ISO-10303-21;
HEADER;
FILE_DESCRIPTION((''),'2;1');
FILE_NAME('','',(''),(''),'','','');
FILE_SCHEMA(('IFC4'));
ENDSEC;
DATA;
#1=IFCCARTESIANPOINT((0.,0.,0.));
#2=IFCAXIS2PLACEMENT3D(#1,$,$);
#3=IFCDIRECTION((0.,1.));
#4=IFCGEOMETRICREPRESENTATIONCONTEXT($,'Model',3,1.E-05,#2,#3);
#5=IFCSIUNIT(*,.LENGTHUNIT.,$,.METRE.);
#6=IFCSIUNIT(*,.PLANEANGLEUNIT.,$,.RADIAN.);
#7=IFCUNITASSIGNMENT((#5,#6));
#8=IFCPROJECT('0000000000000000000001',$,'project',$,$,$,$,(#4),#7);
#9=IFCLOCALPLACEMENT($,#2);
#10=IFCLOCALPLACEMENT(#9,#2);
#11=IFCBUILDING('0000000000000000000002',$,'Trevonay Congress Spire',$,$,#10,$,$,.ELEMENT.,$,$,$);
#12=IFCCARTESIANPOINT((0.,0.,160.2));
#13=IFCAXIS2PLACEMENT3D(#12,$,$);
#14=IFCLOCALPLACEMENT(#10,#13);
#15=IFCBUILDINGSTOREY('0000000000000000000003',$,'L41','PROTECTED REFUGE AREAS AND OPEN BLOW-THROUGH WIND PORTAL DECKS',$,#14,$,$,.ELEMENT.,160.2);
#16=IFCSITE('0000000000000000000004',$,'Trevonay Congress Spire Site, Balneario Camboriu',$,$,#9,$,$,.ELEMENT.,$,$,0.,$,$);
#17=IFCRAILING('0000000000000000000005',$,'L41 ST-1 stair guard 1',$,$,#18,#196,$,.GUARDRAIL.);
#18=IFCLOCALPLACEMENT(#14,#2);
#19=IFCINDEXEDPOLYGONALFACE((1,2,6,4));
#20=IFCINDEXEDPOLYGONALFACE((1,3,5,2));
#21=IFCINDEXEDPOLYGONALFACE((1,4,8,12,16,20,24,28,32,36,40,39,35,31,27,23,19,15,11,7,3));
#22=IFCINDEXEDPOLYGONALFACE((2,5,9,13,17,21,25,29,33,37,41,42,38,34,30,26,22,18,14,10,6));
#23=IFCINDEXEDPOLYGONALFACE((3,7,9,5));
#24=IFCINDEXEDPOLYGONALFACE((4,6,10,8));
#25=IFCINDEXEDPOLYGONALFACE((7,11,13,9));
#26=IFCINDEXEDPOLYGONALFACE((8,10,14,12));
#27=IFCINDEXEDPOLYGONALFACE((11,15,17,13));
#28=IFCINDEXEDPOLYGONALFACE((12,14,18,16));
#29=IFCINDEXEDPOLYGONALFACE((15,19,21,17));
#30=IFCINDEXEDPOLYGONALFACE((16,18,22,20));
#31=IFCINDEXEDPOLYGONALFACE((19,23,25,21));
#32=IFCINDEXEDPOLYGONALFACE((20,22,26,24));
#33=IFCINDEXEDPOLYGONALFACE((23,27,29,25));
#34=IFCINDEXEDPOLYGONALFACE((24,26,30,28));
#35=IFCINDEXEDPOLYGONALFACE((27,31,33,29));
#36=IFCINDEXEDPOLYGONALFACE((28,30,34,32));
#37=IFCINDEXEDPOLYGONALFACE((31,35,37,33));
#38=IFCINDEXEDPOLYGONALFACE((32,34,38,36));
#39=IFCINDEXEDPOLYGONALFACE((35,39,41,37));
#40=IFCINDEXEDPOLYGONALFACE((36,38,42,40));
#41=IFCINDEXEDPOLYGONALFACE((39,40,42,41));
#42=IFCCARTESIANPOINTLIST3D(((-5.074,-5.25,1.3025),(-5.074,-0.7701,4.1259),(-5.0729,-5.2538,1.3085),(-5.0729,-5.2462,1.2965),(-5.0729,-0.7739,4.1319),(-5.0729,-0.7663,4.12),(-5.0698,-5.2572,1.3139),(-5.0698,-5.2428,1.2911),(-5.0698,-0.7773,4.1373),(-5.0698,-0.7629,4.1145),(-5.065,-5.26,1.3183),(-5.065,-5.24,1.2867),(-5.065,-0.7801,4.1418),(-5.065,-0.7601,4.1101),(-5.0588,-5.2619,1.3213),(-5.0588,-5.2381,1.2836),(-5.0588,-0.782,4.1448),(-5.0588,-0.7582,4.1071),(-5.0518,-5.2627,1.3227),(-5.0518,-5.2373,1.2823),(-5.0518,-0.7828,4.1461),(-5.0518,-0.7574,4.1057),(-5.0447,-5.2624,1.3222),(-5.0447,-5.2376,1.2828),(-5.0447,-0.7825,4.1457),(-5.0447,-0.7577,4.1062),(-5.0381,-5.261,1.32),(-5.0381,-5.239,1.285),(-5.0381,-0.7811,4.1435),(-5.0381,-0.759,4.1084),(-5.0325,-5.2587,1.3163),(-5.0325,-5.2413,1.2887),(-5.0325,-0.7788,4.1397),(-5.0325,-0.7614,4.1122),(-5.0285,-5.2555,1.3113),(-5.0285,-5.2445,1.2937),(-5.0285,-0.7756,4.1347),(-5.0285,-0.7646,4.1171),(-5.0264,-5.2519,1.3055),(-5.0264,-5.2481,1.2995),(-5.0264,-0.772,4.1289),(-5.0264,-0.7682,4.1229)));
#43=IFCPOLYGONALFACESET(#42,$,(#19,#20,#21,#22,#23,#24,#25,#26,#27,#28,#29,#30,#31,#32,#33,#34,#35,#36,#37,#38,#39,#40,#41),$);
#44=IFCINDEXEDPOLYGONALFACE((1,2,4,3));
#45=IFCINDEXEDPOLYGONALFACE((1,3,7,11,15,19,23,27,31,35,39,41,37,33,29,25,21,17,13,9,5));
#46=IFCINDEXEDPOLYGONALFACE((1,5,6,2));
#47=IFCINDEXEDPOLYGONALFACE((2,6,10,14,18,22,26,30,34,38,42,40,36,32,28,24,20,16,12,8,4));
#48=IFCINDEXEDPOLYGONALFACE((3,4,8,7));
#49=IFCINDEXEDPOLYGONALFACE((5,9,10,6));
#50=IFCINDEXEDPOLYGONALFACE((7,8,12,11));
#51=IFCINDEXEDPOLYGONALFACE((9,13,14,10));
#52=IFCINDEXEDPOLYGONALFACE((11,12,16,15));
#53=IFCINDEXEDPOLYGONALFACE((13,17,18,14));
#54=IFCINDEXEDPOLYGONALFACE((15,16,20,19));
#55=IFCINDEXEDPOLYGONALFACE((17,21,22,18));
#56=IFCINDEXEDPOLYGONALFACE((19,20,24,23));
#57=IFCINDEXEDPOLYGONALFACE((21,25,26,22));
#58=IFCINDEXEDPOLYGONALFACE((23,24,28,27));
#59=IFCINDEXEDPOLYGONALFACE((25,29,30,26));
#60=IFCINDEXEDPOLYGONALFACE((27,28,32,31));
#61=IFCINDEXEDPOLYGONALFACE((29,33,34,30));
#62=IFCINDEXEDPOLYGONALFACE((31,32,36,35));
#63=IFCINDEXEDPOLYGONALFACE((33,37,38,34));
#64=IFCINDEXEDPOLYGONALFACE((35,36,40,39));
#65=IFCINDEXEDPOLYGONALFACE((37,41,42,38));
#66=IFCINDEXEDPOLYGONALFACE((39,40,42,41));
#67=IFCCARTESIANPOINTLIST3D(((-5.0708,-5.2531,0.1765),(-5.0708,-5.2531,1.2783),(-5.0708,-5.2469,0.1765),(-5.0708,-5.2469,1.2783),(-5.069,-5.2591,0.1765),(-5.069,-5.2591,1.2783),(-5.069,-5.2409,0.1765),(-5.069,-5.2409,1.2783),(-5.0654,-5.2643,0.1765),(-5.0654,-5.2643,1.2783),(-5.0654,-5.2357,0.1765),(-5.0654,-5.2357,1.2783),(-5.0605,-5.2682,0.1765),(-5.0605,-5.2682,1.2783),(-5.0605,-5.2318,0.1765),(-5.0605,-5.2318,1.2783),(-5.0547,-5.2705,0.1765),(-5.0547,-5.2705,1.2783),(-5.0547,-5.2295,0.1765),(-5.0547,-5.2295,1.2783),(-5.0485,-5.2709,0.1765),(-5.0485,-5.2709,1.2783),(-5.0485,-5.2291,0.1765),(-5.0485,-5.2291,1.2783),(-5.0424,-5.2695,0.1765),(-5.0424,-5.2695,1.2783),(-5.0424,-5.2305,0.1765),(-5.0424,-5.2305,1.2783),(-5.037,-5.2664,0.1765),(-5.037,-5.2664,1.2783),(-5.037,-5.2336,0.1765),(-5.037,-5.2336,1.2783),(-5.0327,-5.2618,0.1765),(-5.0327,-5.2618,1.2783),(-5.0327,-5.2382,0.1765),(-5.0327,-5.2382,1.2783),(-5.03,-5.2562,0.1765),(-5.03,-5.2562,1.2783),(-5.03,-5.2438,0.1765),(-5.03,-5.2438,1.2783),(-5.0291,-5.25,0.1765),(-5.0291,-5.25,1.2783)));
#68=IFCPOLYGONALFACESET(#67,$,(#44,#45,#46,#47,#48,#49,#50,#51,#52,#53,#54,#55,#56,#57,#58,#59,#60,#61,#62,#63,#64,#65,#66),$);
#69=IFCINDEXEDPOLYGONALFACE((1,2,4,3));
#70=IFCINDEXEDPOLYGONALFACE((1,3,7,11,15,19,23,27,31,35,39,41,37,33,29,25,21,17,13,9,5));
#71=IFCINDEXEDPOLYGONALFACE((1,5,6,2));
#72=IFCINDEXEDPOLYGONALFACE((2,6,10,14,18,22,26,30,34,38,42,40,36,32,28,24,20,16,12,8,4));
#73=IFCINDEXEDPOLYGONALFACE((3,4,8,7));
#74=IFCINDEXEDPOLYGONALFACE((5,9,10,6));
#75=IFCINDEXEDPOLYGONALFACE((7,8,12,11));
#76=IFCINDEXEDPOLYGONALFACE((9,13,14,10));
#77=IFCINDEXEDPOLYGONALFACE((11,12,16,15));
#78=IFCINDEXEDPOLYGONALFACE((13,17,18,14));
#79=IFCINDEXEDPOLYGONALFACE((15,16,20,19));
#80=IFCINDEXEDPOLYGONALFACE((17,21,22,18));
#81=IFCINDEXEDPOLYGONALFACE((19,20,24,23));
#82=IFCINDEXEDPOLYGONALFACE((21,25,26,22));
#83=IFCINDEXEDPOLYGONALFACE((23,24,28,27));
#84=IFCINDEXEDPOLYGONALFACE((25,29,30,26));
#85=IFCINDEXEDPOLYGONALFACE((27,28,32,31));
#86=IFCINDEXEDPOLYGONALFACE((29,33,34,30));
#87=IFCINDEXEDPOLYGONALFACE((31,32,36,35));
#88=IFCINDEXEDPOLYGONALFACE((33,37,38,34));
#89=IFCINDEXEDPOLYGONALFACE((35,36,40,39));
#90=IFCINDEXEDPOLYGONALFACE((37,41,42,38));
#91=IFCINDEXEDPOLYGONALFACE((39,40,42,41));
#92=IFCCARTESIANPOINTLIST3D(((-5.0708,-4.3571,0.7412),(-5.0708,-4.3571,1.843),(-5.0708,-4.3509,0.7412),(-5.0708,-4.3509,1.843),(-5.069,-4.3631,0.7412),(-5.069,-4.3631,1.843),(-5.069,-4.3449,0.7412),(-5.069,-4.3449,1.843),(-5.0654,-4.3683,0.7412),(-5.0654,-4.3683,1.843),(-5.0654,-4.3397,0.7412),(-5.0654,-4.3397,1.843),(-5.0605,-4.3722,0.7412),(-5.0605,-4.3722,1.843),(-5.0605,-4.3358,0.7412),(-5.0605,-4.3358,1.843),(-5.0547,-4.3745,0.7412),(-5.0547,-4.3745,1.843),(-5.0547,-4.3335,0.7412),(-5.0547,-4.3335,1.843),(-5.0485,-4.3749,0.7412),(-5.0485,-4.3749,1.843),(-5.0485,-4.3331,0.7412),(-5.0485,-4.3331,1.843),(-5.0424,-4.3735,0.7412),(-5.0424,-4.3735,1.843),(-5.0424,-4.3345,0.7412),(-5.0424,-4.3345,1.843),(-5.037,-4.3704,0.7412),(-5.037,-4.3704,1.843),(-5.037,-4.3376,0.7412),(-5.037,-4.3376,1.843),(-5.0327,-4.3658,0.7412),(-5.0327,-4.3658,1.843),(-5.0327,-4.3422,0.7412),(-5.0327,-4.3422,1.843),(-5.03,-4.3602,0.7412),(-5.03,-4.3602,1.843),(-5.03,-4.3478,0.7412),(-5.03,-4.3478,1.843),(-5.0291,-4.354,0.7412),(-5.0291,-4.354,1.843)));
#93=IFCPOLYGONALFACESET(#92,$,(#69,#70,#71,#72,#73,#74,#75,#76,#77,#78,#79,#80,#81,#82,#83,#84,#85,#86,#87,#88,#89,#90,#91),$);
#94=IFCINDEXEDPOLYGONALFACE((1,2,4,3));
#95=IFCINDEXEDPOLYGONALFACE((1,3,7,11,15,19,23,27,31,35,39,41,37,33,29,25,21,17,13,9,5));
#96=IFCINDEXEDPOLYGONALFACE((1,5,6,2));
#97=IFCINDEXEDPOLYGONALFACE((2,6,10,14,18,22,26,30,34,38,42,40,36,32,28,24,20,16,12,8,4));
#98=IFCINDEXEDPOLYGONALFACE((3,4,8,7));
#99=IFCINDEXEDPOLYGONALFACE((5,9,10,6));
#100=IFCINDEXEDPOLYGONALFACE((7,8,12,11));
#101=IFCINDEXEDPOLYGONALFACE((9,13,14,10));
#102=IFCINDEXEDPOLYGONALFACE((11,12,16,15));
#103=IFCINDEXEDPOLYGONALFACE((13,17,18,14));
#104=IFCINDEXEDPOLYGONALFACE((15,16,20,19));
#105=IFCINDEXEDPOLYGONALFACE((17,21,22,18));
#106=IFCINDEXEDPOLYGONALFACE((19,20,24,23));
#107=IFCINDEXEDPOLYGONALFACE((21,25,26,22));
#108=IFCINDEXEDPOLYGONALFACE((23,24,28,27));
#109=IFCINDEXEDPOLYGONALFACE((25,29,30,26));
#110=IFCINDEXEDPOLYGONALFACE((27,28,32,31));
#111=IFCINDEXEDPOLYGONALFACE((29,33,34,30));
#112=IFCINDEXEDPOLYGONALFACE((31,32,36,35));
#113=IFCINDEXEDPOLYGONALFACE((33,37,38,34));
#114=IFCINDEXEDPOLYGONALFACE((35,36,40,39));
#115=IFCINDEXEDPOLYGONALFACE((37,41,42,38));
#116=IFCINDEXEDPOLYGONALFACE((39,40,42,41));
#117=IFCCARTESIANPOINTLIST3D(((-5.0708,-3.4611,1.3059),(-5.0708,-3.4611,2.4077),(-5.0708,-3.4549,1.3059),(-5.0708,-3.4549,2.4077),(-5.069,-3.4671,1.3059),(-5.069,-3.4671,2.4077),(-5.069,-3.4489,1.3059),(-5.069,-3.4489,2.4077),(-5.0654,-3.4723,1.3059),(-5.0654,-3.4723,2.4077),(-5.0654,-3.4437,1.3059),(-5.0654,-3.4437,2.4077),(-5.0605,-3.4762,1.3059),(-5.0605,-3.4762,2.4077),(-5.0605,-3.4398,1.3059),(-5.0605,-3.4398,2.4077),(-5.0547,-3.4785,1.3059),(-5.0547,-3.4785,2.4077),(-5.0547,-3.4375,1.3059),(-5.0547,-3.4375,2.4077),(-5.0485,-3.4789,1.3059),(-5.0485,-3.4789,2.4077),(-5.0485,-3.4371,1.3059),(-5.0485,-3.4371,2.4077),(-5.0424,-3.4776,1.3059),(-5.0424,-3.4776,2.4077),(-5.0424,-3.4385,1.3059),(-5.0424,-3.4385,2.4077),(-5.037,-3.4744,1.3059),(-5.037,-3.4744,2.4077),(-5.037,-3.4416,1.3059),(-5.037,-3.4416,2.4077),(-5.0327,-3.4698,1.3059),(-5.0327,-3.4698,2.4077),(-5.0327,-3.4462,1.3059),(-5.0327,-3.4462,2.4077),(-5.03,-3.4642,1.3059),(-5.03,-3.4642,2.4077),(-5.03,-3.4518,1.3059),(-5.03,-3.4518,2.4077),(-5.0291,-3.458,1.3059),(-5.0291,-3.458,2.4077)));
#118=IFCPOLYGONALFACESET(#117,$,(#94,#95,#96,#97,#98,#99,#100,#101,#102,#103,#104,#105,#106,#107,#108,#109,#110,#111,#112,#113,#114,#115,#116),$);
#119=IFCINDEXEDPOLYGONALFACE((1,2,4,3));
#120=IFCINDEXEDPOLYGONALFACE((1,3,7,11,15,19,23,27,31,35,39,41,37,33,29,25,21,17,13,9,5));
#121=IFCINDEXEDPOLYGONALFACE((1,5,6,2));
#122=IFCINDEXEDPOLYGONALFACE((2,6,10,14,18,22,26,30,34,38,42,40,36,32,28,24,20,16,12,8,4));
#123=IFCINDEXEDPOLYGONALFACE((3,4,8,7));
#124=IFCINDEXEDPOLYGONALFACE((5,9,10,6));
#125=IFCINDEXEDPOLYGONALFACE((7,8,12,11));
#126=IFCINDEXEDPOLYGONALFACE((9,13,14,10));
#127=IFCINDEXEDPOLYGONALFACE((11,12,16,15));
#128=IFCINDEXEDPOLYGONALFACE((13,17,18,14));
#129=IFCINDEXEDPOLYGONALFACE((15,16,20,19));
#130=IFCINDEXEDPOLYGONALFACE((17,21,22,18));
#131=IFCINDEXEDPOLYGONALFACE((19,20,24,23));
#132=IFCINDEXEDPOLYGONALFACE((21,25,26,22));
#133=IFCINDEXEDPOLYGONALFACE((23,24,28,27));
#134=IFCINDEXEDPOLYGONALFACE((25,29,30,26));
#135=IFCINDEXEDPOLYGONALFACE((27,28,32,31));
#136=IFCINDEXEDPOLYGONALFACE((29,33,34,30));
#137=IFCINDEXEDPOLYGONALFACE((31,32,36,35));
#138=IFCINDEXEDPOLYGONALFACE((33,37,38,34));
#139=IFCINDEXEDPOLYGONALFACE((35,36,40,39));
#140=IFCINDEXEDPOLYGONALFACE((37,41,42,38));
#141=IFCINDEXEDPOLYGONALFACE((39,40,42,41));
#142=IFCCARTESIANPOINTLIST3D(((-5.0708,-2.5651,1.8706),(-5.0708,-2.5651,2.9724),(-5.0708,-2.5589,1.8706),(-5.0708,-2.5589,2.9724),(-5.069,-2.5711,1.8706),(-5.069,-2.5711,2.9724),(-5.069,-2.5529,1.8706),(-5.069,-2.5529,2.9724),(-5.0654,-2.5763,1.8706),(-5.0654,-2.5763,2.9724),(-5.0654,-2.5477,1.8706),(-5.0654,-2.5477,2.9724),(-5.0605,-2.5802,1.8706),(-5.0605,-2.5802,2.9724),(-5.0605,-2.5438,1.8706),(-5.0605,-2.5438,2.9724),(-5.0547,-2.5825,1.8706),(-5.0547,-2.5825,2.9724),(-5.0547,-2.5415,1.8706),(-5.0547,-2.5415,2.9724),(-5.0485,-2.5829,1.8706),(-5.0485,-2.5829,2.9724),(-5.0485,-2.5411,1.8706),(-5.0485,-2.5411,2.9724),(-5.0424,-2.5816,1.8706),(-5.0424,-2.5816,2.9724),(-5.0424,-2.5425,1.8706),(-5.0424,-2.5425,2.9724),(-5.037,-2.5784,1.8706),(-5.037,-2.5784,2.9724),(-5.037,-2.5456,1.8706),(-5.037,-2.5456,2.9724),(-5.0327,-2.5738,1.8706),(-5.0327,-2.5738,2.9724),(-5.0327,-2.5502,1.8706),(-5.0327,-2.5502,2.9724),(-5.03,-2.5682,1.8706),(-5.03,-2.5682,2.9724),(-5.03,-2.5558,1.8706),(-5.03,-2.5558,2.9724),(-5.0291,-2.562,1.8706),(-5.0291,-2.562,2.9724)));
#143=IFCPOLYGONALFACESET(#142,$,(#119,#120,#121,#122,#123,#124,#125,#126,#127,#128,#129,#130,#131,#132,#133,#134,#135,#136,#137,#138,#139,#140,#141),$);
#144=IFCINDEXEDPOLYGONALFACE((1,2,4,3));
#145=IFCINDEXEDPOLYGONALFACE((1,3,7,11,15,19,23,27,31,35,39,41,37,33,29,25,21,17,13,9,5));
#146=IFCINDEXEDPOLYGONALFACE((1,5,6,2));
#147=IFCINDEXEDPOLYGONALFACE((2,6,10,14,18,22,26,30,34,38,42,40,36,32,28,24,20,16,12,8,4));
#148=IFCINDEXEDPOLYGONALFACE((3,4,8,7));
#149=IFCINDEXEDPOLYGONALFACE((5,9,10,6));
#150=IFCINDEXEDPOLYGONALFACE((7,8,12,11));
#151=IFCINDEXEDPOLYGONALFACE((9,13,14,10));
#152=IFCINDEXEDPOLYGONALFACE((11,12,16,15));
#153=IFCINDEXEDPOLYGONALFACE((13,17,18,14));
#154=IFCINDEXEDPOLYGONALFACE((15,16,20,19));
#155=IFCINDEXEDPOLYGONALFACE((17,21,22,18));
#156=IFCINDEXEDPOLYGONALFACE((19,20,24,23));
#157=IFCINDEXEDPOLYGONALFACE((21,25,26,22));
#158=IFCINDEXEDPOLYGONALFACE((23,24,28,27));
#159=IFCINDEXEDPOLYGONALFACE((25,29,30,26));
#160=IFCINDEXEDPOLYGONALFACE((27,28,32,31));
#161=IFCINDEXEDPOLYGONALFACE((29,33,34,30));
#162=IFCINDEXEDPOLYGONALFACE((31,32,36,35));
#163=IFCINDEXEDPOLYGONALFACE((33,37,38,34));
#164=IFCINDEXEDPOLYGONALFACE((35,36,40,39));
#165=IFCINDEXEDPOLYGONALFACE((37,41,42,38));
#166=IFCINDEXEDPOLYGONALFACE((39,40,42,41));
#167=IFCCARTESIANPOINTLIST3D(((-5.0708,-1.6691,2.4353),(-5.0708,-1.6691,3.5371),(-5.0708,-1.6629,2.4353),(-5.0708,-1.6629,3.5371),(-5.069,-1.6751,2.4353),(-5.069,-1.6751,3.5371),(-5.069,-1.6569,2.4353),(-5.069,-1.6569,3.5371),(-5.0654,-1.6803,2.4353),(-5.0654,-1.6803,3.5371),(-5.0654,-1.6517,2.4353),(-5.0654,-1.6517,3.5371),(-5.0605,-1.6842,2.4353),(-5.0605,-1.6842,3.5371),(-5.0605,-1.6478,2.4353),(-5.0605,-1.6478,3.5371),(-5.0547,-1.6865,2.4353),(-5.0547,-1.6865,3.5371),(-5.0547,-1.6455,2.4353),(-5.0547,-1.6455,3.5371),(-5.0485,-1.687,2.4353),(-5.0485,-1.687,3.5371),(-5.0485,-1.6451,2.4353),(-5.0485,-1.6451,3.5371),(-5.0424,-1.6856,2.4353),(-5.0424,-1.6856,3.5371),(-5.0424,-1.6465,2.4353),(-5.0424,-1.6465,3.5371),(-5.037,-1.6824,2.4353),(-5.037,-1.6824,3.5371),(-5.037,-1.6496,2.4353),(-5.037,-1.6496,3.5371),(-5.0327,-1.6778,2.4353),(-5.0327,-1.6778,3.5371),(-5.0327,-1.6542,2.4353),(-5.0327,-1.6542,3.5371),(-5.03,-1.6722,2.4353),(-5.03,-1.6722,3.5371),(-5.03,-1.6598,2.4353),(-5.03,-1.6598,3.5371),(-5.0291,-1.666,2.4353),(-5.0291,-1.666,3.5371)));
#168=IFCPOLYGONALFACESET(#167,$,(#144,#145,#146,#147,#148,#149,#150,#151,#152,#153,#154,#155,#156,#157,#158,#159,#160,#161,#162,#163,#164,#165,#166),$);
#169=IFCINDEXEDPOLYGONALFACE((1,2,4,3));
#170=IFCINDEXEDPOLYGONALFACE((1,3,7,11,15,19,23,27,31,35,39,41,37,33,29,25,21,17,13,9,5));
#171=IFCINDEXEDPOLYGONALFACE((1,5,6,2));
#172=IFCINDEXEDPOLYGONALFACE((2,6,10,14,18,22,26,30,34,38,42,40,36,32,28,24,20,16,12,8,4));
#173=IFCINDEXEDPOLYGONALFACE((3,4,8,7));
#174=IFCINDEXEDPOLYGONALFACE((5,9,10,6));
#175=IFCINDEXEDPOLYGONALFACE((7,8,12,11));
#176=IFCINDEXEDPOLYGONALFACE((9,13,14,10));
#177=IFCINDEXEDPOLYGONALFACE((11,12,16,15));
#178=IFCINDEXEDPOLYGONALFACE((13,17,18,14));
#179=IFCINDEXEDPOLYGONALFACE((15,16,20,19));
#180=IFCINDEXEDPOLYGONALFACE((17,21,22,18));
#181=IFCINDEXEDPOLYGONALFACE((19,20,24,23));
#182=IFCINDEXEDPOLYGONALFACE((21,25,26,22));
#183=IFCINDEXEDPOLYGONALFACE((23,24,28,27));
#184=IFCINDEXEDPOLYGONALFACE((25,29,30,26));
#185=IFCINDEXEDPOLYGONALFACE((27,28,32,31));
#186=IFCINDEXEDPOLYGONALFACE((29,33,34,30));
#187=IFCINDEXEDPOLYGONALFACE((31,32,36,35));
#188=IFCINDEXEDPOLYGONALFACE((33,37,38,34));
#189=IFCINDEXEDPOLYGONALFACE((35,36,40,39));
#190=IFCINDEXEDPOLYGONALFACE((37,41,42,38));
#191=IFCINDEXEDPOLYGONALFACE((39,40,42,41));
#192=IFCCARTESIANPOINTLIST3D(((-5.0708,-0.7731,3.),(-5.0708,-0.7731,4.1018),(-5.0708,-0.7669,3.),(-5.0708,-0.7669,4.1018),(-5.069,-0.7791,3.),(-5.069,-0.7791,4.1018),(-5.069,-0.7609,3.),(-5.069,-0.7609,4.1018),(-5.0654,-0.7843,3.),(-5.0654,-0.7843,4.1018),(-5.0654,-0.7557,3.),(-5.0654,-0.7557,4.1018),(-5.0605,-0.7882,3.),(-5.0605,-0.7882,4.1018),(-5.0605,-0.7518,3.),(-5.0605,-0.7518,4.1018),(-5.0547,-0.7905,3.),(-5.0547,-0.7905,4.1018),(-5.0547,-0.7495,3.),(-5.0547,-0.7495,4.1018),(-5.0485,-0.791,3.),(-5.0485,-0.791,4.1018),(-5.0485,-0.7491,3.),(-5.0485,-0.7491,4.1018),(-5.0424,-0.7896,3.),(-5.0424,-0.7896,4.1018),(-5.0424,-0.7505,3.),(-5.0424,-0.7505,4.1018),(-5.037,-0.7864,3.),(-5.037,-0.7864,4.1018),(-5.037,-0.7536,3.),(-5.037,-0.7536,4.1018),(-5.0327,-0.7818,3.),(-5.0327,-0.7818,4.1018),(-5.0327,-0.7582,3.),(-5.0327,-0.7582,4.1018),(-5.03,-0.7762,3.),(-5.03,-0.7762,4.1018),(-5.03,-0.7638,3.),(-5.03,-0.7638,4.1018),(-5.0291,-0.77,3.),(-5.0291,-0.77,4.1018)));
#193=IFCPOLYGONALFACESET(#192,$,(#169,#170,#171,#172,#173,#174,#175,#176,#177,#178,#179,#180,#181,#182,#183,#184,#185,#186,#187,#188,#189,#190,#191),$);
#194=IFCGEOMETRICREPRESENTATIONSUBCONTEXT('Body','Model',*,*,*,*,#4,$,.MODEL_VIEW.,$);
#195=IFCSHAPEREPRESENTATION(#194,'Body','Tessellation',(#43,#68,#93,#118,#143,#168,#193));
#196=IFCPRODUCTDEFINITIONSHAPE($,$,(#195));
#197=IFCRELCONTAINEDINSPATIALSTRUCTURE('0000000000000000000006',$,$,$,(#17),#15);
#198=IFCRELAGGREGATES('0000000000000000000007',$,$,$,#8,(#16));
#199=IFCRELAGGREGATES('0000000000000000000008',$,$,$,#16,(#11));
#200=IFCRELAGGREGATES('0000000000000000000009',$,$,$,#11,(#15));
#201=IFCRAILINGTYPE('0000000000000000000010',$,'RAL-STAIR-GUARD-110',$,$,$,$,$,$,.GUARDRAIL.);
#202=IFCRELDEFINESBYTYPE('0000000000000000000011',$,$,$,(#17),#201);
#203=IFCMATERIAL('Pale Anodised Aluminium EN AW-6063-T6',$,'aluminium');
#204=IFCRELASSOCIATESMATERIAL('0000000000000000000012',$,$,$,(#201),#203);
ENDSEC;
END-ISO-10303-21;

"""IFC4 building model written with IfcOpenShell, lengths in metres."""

from ifc_helpers import new_model, si_unit, direction, frame, origin, origin_2d, place, context, subcontext, project, spatial, circle, extrude, material, type_object, element, save


model = new_model("IFC4")

# Units and contexts
model_context = context("Model", 3, precision=1e-05, world=origin(), true_north=direction((0.0, 1.0)))
body_context = subcontext(model_context, "Body", "Model", "MODEL_VIEW")
ifc_project = project(units=[si_unit("LENGTHUNIT", "METRE"), si_unit("PLANEANGLEUNIT", "RADIAN")], contexts=[model_context])

# Site, building, storey
site_placement = place(None, origin())
site = spatial("IfcSite", under=ifc_project, at=site_placement, Name="Trevonay Congress Spire Site, Balneario Camboriu", CompositionType="ELEMENT", RefElevation=0.0)
building_placement = place(site_placement, origin())
building = spatial("IfcBuilding", under=site, at=building_placement, Name="Trevonay Congress Spire", CompositionType="ELEMENT")
storey_placement = place(building_placement, frame((0.0, 0.0, 160.2)))
storey = spatial("IfcBuildingStorey", under=building, at=storey_placement, Name="L41", Description="PROTECTED REFUGE AREAS AND OPEN BLOW-THROUGH WIND PORTAL DECKS", CompositionType="ELEMENT", Elevation=160.2)

# Railing
ifc_material_1 = material(Name="Pale Anodised Aluminium EN AW-6063-T6", Category="aluminium")
railing_type_1 = type_object("IfcRailingType", Name="RAL-STAIR-GUARD-110", PredefinedType="GUARDRAIL", material=ifc_material_1)
railing_1_placement = place(storey_placement, frame((-5.05, -5.25, 0.1765)))
element("IfcRailing", 1, at=railing_1_placement, inside=storey, type_object=railing_type_1, Name="L41 ST-1 stair guard 1", PredefinedType="GUARDRAIL", context=body_context, shape_type="SweptSolid", body=[
    extrude(circle(Radius=0.0239, at=origin_2d()), frame((0.0, 0.0, 1.126), z_axis=(0.0, 0.845998, 0.533186), x_axis=(-1.0, 0.0, 0.0)), (0.0, 0.0, 1.0), 5.2954),
    extrude(circle(Radius=0.021, at=origin_2d()), origin(), (0.0, 0.0, 1.0), 1.1018),
    extrude(circle(Radius=0.021, at=origin_2d()), frame((0.0, 0.896, 0.5647)), (0.0, 0.0, 1.0), 1.1018),
    extrude(circle(Radius=0.021, at=origin_2d()), frame((0.0, 1.792, 1.1294)), (0.0, 0.0, 1.0), 1.1018),
    extrude(circle(Radius=0.021, at=origin_2d()), frame((0.0, 2.688, 1.6941)), (0.0, 0.0, 1.0), 1.1018),
    extrude(circle(Radius=0.021, at=origin_2d()), frame((0.0, 3.584, 2.2588)), (0.0, 0.0, 1.0), 1.1018),
    extrude(circle(Radius=0.021, at=origin_2d()), frame((0.0, 4.48, 2.8235)), (0.0, 0.0, 1.0), 1.1018),
])

save(model, "model.ifc")
